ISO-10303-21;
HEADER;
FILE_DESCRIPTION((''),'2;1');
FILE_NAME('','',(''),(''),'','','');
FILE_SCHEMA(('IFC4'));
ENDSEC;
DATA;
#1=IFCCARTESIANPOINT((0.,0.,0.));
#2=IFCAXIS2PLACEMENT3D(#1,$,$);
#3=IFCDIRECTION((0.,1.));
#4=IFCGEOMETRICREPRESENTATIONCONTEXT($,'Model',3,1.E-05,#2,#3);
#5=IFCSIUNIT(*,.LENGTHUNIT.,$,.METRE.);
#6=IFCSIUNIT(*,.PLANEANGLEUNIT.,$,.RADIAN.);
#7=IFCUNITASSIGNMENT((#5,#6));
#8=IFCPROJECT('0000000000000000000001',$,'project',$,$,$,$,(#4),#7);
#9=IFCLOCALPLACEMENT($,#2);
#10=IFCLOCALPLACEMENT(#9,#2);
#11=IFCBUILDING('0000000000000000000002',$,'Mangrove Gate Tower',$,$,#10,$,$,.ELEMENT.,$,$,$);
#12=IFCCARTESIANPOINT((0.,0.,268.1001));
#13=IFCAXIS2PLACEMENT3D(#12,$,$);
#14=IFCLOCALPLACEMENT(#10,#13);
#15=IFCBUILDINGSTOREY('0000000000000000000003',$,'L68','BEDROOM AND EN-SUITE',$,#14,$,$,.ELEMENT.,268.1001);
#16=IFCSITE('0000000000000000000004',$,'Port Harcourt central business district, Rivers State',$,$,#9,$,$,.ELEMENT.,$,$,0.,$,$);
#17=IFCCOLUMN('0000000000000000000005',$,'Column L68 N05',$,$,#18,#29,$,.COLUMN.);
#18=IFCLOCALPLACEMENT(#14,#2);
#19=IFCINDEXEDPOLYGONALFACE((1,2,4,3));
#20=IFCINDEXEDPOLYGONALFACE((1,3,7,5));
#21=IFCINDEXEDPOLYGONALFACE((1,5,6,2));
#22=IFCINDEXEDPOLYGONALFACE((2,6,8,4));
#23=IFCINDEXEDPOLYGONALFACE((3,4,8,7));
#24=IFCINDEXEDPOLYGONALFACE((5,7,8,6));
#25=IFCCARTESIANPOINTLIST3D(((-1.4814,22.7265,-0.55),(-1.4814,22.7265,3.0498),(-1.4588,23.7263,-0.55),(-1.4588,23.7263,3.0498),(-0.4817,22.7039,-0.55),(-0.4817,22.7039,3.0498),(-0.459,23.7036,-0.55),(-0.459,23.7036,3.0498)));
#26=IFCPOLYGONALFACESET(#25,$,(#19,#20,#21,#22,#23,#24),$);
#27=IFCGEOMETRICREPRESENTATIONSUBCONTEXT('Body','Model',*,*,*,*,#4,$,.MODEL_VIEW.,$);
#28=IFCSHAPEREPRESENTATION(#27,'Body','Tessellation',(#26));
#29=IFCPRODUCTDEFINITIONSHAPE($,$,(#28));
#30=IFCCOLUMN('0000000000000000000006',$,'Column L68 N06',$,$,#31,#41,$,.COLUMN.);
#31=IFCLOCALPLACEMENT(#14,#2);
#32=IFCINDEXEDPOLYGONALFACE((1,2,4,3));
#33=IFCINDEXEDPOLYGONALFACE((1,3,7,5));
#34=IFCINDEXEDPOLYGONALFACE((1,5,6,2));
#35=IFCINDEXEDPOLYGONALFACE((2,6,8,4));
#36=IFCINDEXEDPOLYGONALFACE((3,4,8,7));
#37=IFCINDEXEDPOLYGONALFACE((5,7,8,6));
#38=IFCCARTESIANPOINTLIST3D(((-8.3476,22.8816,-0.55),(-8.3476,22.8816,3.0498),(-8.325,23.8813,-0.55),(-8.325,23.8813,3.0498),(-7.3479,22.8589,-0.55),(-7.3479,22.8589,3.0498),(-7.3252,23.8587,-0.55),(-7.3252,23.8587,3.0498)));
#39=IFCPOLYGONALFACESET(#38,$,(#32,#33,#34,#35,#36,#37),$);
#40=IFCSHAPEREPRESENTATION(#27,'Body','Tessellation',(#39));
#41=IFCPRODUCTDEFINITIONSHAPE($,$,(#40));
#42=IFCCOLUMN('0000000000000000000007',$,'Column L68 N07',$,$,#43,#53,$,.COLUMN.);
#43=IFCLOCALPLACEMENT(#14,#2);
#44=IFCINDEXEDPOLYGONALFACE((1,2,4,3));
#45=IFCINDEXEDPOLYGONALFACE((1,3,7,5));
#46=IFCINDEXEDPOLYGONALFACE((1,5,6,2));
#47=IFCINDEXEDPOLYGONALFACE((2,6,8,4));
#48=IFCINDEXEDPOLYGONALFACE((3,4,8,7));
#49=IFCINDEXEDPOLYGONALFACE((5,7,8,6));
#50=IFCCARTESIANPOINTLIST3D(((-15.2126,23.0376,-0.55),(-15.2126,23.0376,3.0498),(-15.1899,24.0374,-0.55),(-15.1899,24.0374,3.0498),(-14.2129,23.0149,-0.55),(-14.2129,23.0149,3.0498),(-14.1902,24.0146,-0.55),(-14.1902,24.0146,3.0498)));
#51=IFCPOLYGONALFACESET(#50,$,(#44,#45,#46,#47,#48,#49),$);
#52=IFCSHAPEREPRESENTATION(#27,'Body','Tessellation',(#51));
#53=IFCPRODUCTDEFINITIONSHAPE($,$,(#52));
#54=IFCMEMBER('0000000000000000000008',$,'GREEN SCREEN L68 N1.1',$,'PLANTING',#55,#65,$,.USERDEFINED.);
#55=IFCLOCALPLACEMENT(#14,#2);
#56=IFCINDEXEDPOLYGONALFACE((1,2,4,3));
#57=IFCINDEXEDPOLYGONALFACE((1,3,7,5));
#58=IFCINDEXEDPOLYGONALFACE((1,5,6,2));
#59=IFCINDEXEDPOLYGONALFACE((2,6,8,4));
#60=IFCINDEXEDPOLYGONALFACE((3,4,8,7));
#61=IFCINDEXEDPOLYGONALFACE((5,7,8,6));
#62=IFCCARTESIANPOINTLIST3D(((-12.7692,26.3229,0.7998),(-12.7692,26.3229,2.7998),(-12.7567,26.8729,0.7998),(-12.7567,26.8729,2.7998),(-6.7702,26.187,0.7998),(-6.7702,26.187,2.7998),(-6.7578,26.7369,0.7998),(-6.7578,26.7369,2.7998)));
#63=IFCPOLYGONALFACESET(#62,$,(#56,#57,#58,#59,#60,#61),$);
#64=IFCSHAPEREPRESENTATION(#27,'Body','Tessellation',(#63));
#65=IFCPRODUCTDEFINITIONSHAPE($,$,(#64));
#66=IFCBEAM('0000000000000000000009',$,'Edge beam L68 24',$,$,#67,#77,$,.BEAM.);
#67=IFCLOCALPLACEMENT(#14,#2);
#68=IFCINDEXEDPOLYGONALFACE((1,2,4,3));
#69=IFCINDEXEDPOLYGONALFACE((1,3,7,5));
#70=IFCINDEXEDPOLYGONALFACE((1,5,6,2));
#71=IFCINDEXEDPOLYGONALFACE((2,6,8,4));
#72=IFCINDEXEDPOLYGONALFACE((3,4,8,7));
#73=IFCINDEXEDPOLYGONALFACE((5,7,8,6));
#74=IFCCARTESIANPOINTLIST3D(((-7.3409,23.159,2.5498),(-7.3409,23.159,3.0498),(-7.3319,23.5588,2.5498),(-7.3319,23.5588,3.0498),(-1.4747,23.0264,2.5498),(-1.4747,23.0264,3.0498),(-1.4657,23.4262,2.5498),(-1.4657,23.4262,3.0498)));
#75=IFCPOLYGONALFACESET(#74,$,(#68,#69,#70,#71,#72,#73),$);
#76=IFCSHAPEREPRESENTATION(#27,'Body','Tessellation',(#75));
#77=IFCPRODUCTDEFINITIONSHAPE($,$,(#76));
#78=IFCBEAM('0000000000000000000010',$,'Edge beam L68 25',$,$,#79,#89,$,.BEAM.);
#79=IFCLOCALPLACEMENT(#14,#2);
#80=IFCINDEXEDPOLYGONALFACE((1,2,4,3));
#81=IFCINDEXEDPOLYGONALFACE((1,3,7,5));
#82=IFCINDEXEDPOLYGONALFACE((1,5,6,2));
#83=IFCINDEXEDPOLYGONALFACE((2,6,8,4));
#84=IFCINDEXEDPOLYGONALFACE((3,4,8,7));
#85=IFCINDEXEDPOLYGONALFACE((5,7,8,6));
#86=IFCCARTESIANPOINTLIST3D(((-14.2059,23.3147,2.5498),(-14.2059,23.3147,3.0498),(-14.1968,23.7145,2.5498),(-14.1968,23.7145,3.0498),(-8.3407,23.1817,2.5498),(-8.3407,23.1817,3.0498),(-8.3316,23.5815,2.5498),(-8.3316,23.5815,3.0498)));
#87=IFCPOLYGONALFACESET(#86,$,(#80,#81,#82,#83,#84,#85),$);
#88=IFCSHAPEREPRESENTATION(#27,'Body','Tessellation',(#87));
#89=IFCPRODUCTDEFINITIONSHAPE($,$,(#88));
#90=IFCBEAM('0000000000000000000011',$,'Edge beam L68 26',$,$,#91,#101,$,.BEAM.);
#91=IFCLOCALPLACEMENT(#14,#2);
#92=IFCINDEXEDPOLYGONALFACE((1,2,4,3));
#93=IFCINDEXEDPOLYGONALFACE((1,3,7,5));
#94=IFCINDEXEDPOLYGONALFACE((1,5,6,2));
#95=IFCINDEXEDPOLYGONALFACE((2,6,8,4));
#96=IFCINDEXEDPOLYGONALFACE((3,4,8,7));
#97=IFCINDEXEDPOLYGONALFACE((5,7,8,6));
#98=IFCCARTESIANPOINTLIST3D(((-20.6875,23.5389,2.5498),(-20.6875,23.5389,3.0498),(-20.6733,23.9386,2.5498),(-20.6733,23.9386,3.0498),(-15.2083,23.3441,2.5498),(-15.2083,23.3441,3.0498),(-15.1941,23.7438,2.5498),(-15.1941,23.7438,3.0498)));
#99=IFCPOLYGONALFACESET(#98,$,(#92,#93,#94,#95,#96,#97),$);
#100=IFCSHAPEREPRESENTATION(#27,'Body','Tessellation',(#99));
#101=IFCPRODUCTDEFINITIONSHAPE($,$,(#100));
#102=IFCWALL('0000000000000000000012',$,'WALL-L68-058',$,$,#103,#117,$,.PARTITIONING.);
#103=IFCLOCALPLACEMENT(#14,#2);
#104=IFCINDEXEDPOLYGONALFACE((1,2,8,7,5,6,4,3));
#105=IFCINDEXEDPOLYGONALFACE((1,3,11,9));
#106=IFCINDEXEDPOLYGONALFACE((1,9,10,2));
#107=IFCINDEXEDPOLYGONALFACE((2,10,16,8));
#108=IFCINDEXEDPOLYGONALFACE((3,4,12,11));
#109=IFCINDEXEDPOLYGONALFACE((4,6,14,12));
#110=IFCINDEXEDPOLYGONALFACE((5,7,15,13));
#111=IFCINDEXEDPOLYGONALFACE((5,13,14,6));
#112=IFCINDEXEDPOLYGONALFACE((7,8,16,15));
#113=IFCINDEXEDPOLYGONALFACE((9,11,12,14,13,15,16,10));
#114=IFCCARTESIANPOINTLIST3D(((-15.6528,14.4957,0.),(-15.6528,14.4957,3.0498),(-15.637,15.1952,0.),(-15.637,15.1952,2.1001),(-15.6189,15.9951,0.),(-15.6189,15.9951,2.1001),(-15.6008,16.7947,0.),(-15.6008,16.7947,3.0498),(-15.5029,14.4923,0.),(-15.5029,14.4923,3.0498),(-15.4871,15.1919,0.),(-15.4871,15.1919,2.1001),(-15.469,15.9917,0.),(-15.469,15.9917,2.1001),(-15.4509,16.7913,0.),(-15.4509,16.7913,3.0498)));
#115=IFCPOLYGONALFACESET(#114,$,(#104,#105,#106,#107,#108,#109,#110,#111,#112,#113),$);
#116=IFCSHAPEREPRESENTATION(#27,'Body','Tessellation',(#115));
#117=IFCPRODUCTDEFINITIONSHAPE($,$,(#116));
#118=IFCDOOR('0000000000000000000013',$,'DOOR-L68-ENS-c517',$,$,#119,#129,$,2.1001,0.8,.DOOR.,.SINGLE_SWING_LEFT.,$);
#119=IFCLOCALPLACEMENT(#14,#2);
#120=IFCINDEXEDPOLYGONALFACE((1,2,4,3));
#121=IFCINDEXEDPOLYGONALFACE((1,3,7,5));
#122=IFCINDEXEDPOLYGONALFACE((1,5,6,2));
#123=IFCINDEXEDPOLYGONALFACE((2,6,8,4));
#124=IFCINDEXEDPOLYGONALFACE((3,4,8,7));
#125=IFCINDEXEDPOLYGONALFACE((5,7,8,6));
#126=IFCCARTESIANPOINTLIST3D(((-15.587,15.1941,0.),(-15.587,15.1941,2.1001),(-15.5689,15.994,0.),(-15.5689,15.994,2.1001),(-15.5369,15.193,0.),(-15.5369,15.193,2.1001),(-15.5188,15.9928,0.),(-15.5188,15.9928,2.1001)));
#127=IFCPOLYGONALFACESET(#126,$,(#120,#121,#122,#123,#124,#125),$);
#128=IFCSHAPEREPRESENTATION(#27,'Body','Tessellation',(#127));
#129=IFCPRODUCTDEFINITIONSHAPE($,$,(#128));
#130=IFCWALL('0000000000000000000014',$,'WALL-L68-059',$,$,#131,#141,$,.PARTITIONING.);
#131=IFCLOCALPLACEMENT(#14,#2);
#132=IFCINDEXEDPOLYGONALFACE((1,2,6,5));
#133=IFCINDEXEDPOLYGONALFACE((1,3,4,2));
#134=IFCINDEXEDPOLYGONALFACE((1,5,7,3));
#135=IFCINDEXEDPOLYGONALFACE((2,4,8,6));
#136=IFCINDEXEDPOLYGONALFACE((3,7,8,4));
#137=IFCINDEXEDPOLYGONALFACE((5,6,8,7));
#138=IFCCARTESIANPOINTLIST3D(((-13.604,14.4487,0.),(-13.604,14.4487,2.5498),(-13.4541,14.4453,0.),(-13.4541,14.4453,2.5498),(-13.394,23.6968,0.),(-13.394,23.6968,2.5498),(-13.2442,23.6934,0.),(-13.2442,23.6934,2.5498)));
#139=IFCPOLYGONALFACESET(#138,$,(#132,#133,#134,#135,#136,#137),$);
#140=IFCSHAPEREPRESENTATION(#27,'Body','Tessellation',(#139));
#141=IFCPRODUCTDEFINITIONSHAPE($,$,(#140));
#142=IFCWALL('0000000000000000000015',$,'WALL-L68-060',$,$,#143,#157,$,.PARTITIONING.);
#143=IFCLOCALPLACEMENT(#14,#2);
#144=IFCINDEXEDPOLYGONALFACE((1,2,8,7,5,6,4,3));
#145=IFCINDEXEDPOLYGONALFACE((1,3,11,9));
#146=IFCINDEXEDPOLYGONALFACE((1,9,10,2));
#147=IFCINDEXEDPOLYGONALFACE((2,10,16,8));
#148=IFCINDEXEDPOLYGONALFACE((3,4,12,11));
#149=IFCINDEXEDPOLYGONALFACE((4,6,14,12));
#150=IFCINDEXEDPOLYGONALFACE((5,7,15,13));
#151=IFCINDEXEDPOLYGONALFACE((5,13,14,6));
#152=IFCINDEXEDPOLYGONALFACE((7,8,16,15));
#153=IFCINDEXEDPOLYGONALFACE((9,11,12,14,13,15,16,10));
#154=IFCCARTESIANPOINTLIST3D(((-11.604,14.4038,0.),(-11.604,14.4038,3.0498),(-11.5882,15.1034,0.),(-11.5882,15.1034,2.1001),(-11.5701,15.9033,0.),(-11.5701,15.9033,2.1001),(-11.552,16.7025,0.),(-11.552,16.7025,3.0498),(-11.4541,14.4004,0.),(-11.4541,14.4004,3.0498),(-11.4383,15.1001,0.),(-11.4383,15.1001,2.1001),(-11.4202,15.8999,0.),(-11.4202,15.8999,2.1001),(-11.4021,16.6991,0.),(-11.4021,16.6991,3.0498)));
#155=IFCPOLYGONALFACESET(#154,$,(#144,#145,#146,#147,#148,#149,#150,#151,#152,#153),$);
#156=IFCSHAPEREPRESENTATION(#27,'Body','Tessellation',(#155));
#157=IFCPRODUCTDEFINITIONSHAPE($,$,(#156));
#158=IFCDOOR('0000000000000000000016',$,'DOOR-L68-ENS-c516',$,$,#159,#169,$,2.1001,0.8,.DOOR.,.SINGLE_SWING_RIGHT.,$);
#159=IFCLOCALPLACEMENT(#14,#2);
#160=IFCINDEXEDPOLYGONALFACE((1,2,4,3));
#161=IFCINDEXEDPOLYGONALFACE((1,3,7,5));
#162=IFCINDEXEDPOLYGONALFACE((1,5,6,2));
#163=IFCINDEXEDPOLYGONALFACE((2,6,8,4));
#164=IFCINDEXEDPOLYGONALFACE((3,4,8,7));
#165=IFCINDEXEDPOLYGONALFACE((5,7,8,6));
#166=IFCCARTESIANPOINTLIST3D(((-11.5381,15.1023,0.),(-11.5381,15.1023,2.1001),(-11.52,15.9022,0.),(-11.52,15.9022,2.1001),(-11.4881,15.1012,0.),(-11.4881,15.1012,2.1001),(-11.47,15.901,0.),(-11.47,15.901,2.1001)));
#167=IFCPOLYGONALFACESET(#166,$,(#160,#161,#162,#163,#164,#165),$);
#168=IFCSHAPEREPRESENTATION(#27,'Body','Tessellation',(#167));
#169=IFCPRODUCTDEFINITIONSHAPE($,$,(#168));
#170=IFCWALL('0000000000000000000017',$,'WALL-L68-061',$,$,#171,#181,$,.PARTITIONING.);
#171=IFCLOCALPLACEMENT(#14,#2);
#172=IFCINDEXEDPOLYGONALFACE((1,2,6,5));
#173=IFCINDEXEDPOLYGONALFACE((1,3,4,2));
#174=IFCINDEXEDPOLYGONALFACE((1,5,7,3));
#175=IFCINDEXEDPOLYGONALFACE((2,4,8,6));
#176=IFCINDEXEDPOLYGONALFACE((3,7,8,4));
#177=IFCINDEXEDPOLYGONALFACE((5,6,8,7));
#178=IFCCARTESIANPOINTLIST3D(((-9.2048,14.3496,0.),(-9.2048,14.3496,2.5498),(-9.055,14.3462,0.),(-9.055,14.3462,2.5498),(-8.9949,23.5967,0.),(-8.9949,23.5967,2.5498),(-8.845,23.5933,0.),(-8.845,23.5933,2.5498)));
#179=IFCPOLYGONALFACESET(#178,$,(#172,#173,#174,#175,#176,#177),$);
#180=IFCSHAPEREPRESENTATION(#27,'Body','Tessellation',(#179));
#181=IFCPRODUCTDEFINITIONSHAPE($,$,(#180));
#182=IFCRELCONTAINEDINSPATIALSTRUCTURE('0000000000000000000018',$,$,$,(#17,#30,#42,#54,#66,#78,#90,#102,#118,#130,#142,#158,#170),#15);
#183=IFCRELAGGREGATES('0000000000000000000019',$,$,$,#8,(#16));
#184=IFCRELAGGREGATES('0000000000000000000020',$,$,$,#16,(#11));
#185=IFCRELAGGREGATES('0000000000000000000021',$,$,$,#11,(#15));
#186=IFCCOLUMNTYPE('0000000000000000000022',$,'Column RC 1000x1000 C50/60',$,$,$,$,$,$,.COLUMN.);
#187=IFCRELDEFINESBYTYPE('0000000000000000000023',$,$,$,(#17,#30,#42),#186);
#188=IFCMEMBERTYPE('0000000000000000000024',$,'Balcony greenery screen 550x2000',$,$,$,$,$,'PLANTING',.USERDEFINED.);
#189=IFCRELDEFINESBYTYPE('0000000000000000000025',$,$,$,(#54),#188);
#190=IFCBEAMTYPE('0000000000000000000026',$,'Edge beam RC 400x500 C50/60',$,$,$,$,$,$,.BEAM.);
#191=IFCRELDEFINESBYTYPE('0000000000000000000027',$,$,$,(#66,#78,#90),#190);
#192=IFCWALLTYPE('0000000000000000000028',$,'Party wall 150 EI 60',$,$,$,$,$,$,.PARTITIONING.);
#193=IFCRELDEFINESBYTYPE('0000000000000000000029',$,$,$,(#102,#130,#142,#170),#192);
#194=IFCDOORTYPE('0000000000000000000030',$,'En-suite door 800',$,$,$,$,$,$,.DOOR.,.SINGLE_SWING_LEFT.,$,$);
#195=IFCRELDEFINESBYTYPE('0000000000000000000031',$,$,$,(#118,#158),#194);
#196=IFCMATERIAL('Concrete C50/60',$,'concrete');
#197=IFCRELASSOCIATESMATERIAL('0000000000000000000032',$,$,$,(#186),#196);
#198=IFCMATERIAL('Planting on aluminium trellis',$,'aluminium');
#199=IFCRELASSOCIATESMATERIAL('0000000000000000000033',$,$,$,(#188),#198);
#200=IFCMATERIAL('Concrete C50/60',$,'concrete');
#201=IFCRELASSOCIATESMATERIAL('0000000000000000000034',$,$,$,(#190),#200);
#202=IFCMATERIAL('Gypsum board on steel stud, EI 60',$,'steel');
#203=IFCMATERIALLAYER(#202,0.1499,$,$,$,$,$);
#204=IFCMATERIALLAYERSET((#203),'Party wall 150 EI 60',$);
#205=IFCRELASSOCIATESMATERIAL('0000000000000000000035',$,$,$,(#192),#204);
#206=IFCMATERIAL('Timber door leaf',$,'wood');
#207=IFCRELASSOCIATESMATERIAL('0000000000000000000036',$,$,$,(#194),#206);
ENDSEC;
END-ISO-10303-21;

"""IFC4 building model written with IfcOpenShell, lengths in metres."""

from ifc_helpers import new_model, si_unit, direction, frame, frame_2d, origin, origin_2d, place, context, subcontext, project, spatial, rectangle, extrude, material, layer, layer_set, material_profile, profile_set, type_object, element, fill, save


model = new_model("IFC4")

# Units and contexts
model_context = context("Model", 3, precision=1e-05, world=origin(), true_north=direction((0.0, 1.0)))
body_context = subcontext(model_context, "Body", "Model", "MODEL_VIEW")
ifc_project = project(units=[si_unit("LENGTHUNIT", "METRE"), si_unit("PLANEANGLEUNIT", "RADIAN")], contexts=[model_context])

# Site, building, storey
site_placement = place(None, origin())
site = spatial("IfcSite", under=ifc_project, at=site_placement, Name="Port Harcourt central business district, Rivers State", CompositionType="ELEMENT", RefElevation=0.0)
building_placement = place(site_placement, origin())
building = spatial("IfcBuilding", under=site, at=building_placement, Name="Mangrove Gate Tower", CompositionType="ELEMENT")
storey_placement = place(building_placement, frame((0.0, 0.0, 268.1001)))
storey = spatial("IfcBuildingStorey", under=building, at=storey_placement, Name="L68", Description="BEDROOM AND EN-SUITE", CompositionType="ELEMENT", Elevation=268.1001)

# Columns
ifc_material_1 = material(Name="Concrete C50/60", Category="concrete")
ifc_material_profile_1 = material_profile(ifc_material_1, rectangle(XDim=1.0, YDim=1.0, at=origin_2d()))
ifc_profile_set_1 = profile_set([ifc_material_profile_1], Name="Concrete C50/60")
column_type = type_object("IfcColumnType", Name="Column RC 1000x1000 C50/60", PredefinedType="COLUMN", material=ifc_profile_set_1)
for number, where, z_axis, x_axis, name in (
    (1, (-0.9702, 23.2151, -0.55), (0.0, 0.0, 1.0), (-0.999744, 0.022642, 0.0), "Column L68 N05"),
    (2, (-7.8364, 23.3701, -0.55), (0.0, 0.0, 1.0), (-0.999744, 0.022644, 0.0), "Column L68 N06"),
    (3, (-14.7014, 23.5261, -0.55), (0.0, 0.0, 1.0), (-0.999742, 0.022716, 0.0), "Column L68 N07"),
):
    element("IfcColumn", number, at=place(storey_placement, frame(where, z_axis=z_axis, x_axis=x_axis)), inside=storey, type_object=column_type, Name=name, PredefinedType="COLUMN", context=body_context, shape_type="SweptSolid", body=[
        extrude(rectangle(XDim=1.0, YDim=1.0, at=origin_2d()), origin(), (0.0, 0.0, 1.0), 3.5999),
    ])

# Member
ifc_material_2 = material(Name="Planting on aluminium trellis", Category="aluminium")
ifc_material_profile_2 = material_profile(ifc_material_2, rectangle(XDim=0.55, YDim=2.0, at=origin_2d()))
ifc_profile_set_2 = profile_set([ifc_material_profile_2], Name="Planting on aluminium trellis")
member_type = type_object("IfcMemberType", Name="Balcony greenery screen 550x2000", ElementType="PLANTING", PredefinedType="USERDEFINED", material=ifc_profile_set_2)
member_placement = place(storey_placement, frame((-12.7629, 26.5979, 1.7998), z_axis=(0.999743, -0.022662, 0.0), x_axis=(0.022662, 0.999743, 0.0)))
element("IfcMember", 4, at=member_placement, inside=storey, type_object=member_type, Name="GREEN SCREEN L68 N1.1", ObjectType="PLANTING", PredefinedType="USERDEFINED", context=body_context, shape_type="SweptSolid", body=[
    extrude(rectangle(XDim=0.55, YDim=2.0, at=origin_2d()), origin(), (0.0, 0.0, 1.0), 6.0005),
])

# Beams
ifc_material_3 = material(Name="Concrete C50/60", Category="concrete")
ifc_material_profile_3 = material_profile(ifc_material_3, rectangle(XDim=0.3999, YDim=0.5, at=origin_2d()))
ifc_profile_set_3 = profile_set([ifc_material_profile_3], Name="Concrete C50/60")
beam_type = type_object("IfcBeamType", Name="Edge beam RC 400x500 C50/60", PredefinedType="BEAM", material=ifc_profile_set_3)
beam_1_placement = place(storey_placement, frame((-1.4702, 23.2263, 2.7998), z_axis=(-0.999745, 0.022593, 0.0), x_axis=(-0.022593, -0.999745, 0.0)))
element("IfcBeam", 5, at=beam_1_placement, inside=storey, type_object=beam_type, Name="Edge beam L68 24", PredefinedType="BEAM", context=body_context, shape_type="SweptSolid", body=[
    extrude(rectangle(XDim=0.3999, YDim=0.5, at=origin_2d()), origin(), (0.0, 0.0, 1.0), 5.8677),
])
beam_2_placement = place(storey_placement, frame((-8.3362, 23.3816, 2.7998), z_axis=(-0.999743, 0.02268, 0.0), x_axis=(-0.02268, -0.999743, 0.0)))
element("IfcBeam", 6, at=beam_2_placement, inside=storey, type_object=beam_type, Name="Edge beam L68 25", PredefinedType="BEAM", context=body_context, shape_type="SweptSolid", body=[
    extrude(rectangle(XDim=0.3999, YDim=0.5, at=origin_2d()), origin(), (0.0, 0.0, 1.0), 5.8667),
])
beam_3_placement = place(storey_placement, frame((-15.2012, 23.5439, 2.7998), z_axis=(-0.999368, 0.035534, 0.0), x_axis=(-0.035534, -0.999368, 0.0)))
element("IfcBeam", 7, at=beam_3_placement, inside=storey, type_object=beam_type, Name="Edge beam L68 26", PredefinedType="BEAM", context=body_context, shape_type="SweptSolid", body=[
    extrude(rectangle(XDim=0.3999, YDim=0.5, at=origin_2d()), origin(), (0.0, 0.0, 1.0), 5.4827),
])

# Wall, opening, door
ifc_material_4 = material(Name="Gypsum board on steel stud, EI 60", Category="steel")
ifc_layer_1 = layer(ifc_material_4, 0.1499)
ifc_layer_set_1 = layer_set([ifc_layer_1], Name="Party wall 150 EI 60")
wall_type_1 = type_object("IfcWallType", Name="Party wall 150 EI 60", PredefinedType="PARTITIONING", material=ifc_layer_set_1)
wall_1_placement = place(storey_placement, frame((-15.5779, 14.4939, 0.0), z_axis=(0.0, 0.0, 1.0), x_axis=(0.022613, 0.999744, 0.0)))
wall_1 = element("IfcWall", 8, at=wall_1_placement, inside=storey, type_object=wall_type_1, Name="WALL-L68-058", PredefinedType="PARTITIONING", context=body_context, shape_type="SweptSolid", body=[
    extrude(rectangle(XDim=2.2996, YDim=0.1499, at=frame_2d((1.1499, 0.0))), origin(), (0.0, 0.0, 1.0), 3.0498),
])
opening_1_placement = place(wall_1_placement, frame((0.7, 0.0, 0.0)))
opening_1 = element("IfcOpeningElement", 9, at=opening_1_placement, cuts=wall_1, PredefinedType="OPENING", context=body_context, shape_type="SweptSolid", body=[
    extrude(rectangle(XDim=0.8, YDim=2.1001, at=frame_2d((0.3999, 1.05))), frame((0.0, 0.085, 0.0), z_axis=(0.0, -1.0, 0.0), x_axis=(1.0, 0.0, 0.0)), (0.0, 0.0, 1.0), 0.1699),
])
ifc_material_5 = material(Name="Timber door leaf", Category="wood")
door_type = type_object("IfcDoorType", Name="En-suite door 800", OperationType="SINGLE_SWING_LEFT", PredefinedType="DOOR", material=ifc_material_5)
door_1_placement = place(opening_1_placement, origin())
door_1 = element("IfcDoor", 10, at=door_1_placement, inside=storey, type_object=door_type, Name="DOOR-L68-ENS-c517", OperationType="SINGLE_SWING_LEFT", OverallHeight=2.1001, OverallWidth=0.8, PredefinedType="DOOR", context=body_context, shape_type="SweptSolid", body=[
    extrude(rectangle(XDim=0.8, YDim=2.1001, at=frame_2d((0.3999, 1.05))), frame((0.0, 0.0249, 0.0), z_axis=(0.0, -1.0, 0.0), x_axis=(1.0, 0.0, 0.0)), (0.0, 0.0, 1.0), 0.05),
])
fill(opening_1, door_1)

# Wall
wall_2_placement = place(storey_placement, frame((-13.5291, 14.447, 0.0), z_axis=(0.0, 0.0, 1.0), x_axis=(0.022697, 0.999742, 0.0)))
element("IfcWall", 11, at=wall_2_placement, inside=storey, type_object=wall_type_1, Name="WALL-L68-059", PredefinedType="PARTITIONING", context=body_context, shape_type="SweptSolid", body=[
    extrude(rectangle(XDim=9.2505, YDim=0.1499, at=frame_2d((4.6252, 0.0))), origin(), (0.0, 0.0, 1.0), 2.5498),
])

# Wall, opening, door
wall_3_placement = place(storey_placement, frame((-11.5291, 14.4021, 0.0), z_axis=(0.0, 0.0, 1.0), x_axis=(0.022615, 0.999744, 0.0)))
wall_3 = element("IfcWall", 12, at=wall_3_placement, inside=storey, type_object=wall_type_1, Name="WALL-L68-060", PredefinedType="PARTITIONING", context=body_context, shape_type="SweptSolid", body=[
    extrude(rectangle(XDim=2.2993, YDim=0.1499, at=frame_2d((1.1497, 0.0))), origin(), (0.0, 0.0, 1.0), 3.0498),
])
opening_2_placement = place(wall_3_placement, frame((0.7, 0.0, 0.0)))
opening_2 = element("IfcOpeningElement", 13, at=opening_2_placement, cuts=wall_3, PredefinedType="OPENING", context=body_context, shape_type="SweptSolid", body=[
    extrude(rectangle(XDim=0.8, YDim=2.1001, at=frame_2d((0.3999, 1.05))), frame((0.0, 0.085, 0.0), z_axis=(0.0, -1.0, 0.0), x_axis=(1.0, 0.0, 0.0)), (0.0, 0.0, 1.0), 0.1699),
])
door_2_placement = place(opening_2_placement, origin())
door_2 = element("IfcDoor", 14, at=door_2_placement, inside=storey, type_object=door_type, Name="DOOR-L68-ENS-c516", OperationType="SINGLE_SWING_RIGHT", OverallHeight=2.1001, OverallWidth=0.8, PredefinedType="DOOR", context=body_context, shape_type="SweptSolid", body=[
    extrude(rectangle(XDim=0.8, YDim=2.1001, at=frame_2d((0.3999, 1.05))), frame((0.0, 0.0249, 0.0), z_axis=(0.0, -1.0, 0.0), x_axis=(1.0, 0.0, 0.0)), (0.0, 0.0, 1.0), 0.05),
])
fill(opening_2, door_2)

# Wall
wall_4_placement = place(storey_placement, frame((-9.1299, 14.3479, 0.0), z_axis=(0.0, 0.0, 1.0), x_axis=(0.0227, 0.999742, 0.0)))
element("IfcWall", 15, at=wall_4_placement, inside=storey, type_object=wall_type_1, Name="WALL-L68-061", PredefinedType="PARTITIONING", context=body_context, shape_type="SweptSolid", body=[
    extrude(rectangle(XDim=9.2495, YDim=0.1499, at=frame_2d((4.6248, 0.0))), origin(), (0.0, 0.0, 1.0), 2.5498),
])

save(model, "model.ifc")
